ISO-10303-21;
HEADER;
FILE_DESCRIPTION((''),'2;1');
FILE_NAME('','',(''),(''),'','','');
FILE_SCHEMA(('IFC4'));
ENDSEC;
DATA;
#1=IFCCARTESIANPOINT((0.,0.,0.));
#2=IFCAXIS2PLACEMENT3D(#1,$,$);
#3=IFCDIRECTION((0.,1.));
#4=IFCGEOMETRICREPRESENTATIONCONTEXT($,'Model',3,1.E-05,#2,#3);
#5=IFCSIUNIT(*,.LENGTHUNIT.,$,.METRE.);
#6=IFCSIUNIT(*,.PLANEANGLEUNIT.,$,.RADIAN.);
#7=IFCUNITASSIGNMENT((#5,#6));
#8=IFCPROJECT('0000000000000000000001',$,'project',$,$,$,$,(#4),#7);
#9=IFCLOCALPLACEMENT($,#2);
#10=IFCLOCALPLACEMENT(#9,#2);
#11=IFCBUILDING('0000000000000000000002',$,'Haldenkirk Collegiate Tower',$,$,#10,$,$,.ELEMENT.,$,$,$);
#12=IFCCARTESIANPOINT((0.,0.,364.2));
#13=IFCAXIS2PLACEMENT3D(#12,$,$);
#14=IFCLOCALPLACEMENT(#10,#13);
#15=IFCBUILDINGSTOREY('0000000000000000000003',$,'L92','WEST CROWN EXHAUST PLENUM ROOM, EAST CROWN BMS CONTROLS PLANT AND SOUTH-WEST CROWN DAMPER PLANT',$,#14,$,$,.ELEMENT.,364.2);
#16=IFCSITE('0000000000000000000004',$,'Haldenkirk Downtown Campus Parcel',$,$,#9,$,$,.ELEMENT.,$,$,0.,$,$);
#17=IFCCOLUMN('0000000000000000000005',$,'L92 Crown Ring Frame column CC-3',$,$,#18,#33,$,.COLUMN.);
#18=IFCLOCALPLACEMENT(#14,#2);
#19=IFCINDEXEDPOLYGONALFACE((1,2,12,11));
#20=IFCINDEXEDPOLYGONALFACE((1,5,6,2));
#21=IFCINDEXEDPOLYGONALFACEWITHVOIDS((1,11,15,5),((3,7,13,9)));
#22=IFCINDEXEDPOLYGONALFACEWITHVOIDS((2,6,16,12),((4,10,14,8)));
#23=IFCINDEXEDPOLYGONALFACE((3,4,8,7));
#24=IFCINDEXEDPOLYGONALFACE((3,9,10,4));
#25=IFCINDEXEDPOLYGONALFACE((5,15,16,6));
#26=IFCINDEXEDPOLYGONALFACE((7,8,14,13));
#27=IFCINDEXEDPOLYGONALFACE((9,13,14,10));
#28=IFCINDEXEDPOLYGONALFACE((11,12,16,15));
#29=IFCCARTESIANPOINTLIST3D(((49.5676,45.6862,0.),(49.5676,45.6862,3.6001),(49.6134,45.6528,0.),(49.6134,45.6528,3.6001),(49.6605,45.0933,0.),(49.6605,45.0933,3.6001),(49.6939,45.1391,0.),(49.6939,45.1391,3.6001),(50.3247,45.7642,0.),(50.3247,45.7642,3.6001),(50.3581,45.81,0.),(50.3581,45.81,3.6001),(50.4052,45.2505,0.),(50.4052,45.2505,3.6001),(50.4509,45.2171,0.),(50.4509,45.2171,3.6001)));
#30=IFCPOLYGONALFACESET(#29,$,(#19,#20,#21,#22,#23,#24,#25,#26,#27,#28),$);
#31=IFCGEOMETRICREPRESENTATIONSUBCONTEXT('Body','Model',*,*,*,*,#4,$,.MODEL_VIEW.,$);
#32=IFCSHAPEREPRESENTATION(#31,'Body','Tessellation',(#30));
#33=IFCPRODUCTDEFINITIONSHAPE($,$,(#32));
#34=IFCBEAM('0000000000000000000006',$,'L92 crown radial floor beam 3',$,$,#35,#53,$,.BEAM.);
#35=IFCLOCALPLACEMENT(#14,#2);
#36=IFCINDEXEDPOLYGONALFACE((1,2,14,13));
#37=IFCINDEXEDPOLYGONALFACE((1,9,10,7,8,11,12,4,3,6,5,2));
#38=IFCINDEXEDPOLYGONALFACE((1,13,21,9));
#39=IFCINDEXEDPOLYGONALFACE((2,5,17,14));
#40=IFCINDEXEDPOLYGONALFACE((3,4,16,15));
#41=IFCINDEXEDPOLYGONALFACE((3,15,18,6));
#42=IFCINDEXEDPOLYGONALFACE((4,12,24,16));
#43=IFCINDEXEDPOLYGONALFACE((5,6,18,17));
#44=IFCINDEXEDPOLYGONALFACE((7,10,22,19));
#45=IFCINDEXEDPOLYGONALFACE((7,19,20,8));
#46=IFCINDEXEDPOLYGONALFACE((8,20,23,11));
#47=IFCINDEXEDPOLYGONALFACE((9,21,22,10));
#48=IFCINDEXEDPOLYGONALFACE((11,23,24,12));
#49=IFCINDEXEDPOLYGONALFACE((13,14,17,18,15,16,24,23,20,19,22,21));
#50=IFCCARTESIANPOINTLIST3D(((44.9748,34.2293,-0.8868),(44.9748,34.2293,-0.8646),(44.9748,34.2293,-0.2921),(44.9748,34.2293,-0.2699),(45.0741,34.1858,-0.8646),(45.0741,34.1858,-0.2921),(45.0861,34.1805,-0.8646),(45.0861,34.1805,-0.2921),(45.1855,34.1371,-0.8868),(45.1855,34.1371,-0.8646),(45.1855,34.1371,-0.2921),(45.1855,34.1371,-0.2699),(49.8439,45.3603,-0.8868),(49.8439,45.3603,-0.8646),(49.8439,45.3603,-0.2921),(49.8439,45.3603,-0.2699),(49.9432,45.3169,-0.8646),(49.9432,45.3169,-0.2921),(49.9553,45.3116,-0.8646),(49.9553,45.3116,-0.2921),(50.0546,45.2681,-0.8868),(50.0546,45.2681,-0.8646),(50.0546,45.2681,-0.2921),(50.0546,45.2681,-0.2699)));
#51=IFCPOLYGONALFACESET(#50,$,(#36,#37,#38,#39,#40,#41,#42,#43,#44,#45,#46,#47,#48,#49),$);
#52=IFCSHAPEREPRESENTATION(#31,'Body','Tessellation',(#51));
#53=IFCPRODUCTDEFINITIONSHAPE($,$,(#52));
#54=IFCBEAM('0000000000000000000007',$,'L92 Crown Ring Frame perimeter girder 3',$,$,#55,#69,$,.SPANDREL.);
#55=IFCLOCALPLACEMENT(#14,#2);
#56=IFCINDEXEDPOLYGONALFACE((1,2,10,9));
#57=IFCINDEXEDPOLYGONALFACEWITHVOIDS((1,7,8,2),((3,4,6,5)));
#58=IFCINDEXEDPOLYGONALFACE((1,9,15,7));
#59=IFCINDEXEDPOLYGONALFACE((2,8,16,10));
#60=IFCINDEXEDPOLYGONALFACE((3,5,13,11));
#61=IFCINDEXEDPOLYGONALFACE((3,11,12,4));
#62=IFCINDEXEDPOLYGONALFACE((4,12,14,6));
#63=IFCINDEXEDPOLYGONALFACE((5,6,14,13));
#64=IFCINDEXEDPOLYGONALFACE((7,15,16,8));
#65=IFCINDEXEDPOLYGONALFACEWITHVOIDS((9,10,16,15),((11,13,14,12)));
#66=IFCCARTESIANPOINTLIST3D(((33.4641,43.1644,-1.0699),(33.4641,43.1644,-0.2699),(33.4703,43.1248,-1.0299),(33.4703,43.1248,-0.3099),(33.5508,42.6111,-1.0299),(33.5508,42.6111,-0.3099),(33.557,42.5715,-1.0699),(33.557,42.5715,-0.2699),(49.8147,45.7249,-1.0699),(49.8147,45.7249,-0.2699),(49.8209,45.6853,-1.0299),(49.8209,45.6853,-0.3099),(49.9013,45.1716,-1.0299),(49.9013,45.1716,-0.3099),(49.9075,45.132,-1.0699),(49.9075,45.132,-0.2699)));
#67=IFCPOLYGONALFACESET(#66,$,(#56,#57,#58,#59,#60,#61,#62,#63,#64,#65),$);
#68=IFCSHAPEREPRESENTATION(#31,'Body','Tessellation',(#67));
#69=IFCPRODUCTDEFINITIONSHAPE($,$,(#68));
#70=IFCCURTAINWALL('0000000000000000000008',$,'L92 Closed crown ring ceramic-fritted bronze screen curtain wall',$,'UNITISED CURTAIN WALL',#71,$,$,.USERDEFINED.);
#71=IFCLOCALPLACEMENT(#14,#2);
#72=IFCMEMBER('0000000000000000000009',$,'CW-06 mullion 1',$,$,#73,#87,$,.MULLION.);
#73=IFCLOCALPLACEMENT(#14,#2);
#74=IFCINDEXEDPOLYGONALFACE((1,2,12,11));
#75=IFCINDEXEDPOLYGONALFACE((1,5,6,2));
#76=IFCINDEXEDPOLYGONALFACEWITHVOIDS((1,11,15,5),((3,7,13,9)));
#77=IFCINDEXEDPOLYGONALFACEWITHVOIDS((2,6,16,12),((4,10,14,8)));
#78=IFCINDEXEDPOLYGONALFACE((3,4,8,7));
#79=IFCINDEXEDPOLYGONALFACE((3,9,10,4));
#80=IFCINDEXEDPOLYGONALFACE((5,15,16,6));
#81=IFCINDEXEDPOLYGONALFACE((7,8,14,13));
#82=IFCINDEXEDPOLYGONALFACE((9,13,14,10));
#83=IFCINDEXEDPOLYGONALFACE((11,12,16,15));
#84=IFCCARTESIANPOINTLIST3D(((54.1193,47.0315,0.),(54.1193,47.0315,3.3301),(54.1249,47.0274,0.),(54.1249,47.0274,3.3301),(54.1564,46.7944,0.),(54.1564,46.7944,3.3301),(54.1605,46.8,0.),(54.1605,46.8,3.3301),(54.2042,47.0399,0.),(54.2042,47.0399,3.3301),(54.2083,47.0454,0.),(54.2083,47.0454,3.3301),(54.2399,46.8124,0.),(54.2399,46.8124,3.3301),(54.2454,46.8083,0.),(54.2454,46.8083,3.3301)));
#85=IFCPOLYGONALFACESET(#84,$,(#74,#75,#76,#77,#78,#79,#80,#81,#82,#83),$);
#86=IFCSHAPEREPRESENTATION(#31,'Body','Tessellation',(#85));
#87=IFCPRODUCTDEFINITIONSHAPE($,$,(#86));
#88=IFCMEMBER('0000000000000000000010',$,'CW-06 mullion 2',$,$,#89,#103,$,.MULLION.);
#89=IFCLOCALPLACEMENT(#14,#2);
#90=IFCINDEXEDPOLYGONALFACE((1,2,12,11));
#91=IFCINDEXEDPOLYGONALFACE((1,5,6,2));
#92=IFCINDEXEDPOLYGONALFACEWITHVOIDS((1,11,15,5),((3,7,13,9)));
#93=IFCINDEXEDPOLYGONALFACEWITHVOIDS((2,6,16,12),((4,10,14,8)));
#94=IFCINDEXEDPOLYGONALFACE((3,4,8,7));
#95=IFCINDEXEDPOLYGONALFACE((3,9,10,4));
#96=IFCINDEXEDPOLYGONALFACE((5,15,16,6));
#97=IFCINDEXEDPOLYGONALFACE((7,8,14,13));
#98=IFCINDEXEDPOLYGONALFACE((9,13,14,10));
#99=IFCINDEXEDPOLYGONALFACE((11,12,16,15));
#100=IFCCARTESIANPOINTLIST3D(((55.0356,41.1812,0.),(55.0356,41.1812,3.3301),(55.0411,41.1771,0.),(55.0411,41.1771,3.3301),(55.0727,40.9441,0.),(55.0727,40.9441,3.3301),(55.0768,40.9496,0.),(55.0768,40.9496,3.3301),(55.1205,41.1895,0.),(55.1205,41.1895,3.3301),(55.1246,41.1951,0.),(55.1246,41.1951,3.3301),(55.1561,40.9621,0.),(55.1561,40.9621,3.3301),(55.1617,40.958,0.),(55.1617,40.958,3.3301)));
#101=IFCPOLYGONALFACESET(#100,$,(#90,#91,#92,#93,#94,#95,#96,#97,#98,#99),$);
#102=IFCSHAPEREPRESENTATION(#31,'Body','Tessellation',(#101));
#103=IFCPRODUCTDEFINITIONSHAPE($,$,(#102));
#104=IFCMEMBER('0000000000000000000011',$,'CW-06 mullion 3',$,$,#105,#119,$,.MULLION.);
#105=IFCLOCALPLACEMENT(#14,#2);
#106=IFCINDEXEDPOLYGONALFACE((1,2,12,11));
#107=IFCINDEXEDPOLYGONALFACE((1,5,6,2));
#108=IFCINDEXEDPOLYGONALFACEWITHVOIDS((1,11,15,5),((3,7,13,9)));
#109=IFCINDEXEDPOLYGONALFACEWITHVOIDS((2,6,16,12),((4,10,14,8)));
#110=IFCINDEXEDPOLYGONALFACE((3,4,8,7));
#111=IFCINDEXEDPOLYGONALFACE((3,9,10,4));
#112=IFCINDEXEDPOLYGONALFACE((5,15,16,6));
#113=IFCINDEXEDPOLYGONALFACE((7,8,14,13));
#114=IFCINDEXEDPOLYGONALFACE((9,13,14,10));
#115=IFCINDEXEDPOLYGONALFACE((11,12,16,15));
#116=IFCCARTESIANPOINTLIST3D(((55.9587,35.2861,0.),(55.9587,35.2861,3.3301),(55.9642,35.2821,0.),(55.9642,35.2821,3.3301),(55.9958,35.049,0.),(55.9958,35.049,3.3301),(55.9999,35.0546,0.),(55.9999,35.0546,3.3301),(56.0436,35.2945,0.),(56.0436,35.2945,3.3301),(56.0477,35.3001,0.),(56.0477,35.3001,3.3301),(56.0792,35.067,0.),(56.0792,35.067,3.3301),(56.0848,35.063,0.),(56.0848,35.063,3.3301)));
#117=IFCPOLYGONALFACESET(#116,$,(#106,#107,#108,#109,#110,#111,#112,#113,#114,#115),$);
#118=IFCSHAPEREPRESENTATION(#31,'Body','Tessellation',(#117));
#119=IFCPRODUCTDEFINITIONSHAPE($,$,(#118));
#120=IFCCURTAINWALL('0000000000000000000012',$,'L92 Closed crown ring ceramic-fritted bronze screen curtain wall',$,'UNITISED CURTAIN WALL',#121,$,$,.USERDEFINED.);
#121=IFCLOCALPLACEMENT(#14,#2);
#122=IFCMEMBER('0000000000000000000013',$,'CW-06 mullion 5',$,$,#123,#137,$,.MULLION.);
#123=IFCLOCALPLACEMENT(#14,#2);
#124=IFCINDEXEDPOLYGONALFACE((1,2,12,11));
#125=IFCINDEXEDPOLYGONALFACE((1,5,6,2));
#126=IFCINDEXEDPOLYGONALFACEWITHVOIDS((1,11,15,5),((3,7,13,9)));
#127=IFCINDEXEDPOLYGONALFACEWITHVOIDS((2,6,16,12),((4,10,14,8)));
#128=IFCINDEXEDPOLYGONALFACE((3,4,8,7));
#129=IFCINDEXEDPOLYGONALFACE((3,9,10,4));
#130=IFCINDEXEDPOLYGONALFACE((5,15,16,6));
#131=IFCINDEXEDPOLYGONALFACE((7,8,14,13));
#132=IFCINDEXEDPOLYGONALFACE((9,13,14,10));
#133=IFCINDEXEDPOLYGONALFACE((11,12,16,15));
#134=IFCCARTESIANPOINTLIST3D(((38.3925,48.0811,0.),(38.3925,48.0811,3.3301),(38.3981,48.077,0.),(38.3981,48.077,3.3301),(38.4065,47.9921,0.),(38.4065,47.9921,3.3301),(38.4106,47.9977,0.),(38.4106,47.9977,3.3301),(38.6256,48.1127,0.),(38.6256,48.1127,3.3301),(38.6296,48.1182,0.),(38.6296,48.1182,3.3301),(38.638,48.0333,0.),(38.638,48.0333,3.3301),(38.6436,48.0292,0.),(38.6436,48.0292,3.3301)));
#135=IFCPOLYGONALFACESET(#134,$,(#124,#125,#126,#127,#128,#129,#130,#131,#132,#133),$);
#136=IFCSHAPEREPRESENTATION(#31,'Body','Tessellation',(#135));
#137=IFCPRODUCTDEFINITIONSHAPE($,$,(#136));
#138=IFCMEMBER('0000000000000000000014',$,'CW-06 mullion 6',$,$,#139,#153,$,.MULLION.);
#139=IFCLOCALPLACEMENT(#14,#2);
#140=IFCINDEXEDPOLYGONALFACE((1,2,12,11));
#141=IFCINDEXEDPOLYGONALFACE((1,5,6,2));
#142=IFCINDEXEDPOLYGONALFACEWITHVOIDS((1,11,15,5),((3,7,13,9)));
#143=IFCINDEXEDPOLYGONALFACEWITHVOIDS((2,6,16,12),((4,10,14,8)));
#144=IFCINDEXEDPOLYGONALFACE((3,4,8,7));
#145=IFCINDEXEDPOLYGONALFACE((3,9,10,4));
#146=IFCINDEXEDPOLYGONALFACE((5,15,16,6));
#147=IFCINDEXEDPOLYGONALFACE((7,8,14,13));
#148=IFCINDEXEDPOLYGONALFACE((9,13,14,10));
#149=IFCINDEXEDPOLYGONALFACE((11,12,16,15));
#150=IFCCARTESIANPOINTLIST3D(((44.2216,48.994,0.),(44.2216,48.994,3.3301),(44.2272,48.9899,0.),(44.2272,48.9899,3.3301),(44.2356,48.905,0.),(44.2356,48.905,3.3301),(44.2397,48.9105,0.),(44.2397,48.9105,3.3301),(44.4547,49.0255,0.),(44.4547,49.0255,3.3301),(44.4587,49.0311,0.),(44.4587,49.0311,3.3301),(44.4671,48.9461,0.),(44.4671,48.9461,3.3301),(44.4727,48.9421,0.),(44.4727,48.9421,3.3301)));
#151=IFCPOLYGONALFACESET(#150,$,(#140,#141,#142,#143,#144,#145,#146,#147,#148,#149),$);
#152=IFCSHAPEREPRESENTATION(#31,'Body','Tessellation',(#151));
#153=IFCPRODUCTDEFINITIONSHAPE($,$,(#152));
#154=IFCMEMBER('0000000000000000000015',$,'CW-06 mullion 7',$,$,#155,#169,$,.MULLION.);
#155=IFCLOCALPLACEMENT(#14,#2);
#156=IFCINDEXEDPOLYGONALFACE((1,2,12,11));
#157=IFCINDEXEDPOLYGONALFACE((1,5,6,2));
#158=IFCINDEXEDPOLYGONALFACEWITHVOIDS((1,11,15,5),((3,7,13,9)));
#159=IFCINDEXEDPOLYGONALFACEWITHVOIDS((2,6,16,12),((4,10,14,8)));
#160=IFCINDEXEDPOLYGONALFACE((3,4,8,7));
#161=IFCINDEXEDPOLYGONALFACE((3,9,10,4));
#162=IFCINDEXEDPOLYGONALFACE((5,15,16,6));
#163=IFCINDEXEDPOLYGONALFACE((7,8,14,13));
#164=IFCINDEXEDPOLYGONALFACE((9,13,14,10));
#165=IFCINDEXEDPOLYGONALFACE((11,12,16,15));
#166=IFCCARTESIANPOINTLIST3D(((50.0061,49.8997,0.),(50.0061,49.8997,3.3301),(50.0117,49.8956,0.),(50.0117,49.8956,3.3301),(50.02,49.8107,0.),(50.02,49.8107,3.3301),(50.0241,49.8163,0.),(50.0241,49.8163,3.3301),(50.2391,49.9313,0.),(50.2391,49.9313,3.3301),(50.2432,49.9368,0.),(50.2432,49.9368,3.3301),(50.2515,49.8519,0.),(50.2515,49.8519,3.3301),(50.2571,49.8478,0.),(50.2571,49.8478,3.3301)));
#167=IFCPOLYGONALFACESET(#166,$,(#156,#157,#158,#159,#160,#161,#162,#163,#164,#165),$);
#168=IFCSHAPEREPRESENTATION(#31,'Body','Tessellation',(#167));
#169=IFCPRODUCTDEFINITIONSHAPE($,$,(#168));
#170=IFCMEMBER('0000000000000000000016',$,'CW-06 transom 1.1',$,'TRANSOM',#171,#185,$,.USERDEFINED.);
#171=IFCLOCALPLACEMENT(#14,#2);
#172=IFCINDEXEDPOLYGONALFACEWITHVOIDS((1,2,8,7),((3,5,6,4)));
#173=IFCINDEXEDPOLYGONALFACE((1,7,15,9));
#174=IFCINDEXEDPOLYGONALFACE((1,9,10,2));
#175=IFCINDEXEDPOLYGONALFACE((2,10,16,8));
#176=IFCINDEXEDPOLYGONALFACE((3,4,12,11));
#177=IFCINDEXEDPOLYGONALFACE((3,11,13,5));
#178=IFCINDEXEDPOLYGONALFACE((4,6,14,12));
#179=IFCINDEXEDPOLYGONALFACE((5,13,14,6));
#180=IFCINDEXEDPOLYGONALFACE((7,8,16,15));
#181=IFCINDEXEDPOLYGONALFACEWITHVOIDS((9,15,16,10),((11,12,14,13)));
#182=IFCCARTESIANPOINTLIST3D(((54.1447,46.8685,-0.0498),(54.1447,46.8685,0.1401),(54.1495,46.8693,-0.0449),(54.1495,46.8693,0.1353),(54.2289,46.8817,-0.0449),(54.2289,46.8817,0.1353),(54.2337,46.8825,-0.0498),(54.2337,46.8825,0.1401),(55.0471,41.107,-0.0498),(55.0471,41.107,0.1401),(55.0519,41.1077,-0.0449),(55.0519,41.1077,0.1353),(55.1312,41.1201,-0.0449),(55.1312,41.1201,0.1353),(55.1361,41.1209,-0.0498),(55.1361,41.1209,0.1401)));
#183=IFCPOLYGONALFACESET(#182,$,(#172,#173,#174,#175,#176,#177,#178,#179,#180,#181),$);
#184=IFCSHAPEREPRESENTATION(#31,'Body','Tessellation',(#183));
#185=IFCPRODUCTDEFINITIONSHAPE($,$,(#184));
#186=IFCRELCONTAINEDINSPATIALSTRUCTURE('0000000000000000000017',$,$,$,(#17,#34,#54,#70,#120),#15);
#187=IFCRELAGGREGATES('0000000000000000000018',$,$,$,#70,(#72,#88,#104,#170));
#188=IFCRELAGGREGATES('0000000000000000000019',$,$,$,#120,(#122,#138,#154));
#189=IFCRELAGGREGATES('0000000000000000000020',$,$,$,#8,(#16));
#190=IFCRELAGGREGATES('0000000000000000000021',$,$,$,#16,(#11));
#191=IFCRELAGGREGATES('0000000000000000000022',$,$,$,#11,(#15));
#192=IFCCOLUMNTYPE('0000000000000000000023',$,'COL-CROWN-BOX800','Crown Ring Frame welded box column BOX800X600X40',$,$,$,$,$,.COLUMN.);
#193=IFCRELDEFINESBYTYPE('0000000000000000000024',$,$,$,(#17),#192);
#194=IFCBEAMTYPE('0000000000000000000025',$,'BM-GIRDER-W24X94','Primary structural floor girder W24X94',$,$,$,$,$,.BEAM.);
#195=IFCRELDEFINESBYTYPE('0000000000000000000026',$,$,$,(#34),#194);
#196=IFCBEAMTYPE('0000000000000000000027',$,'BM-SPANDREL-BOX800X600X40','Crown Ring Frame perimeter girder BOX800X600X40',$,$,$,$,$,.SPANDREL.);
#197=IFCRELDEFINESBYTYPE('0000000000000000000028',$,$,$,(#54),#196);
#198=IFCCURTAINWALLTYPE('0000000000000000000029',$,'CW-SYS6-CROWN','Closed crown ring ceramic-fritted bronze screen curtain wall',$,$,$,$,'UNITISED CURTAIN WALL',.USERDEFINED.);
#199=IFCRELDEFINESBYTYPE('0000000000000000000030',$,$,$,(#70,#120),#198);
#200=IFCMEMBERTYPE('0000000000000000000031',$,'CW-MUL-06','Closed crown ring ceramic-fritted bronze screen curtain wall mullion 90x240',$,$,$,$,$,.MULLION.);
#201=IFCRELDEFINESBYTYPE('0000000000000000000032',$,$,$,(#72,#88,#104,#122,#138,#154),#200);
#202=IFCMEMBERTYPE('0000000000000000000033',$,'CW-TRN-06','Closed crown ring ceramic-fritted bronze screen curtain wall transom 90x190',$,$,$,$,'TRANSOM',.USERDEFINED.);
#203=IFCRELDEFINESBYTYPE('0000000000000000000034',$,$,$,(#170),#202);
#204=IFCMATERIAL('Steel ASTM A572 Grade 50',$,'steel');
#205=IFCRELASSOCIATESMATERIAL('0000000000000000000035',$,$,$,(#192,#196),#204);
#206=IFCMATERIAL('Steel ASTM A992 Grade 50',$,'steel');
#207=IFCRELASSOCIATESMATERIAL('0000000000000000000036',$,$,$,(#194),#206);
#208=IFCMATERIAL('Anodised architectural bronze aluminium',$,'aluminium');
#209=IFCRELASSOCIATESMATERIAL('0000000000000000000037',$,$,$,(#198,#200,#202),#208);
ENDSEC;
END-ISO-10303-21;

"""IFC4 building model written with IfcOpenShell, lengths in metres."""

from ifc_helpers import new_model, si_unit, direction, frame, origin, origin_2d, place, context, subcontext, project, spatial, hollow_rectangle, i_section, extrude, material, material_profile, profile_set, type_object, element, aggregate, save


model = new_model("IFC4")

# Units and contexts
model_context = context("Model", 3, precision=1e-05, world=origin(), true_north=direction((0.0, 1.0)))
body_context = subcontext(model_context, "Body", "Model", "MODEL_VIEW")
ifc_project = project(units=[si_unit("LENGTHUNIT", "METRE"), si_unit("PLANEANGLEUNIT", "RADIAN")], contexts=[model_context])

# Site, building, storey
site_placement = place(None, origin())
site = spatial("IfcSite", under=ifc_project, at=site_placement, Name="Haldenkirk Downtown Campus Parcel", CompositionType="ELEMENT", RefElevation=0.0)
building_placement = place(site_placement, origin())
building = spatial("IfcBuilding", under=site, at=building_placement, Name="Haldenkirk Collegiate Tower", CompositionType="ELEMENT")
storey_placement = place(building_placement, frame((0.0, 0.0, 364.2)))
storey = spatial("IfcBuildingStorey", under=building, at=storey_placement, Name="L92", Description="WEST CROWN EXHAUST PLENUM ROOM, EAST CROWN BMS CONTROLS PLANT AND SOUTH-WEST CROWN DAMPER PLANT", CompositionType="ELEMENT", Elevation=364.2)

# Column
ifc_material_1 = material(Name="Steel ASTM A572 Grade 50", Category="steel")
ifc_material_profile_1 = material_profile(ifc_material_1, hollow_rectangle(XDim=0.6001, YDim=0.8, WallThickness=0.04, at=origin_2d()), Name="BOX800X600X40")
ifc_profile_set_1 = profile_set([ifc_material_profile_1], Name="Steel ASTM A572 Grade 50")
column_type = type_object("IfcColumnType", Name="COL-CROWN-BOX800", Description="Crown Ring Frame welded box column BOX800X600X40", PredefinedType="COLUMN", material=ifc_profile_set_1)
column_placement = place(storey_placement, frame((50.0093, 45.4517, 0.0), z_axis=(0.0, 0.0, 1.0), x_axis=(-0.15471, 0.98796, 0.0)))
element("IfcColumn", 1, at=column_placement, inside=storey, type_object=column_type, Name="L92 Crown Ring Frame column CC-3", PredefinedType="COLUMN", context=body_context, shape_type="SweptSolid", body=[
    extrude(hollow_rectangle(XDim=0.6001, YDim=0.8, WallThickness=0.04, at=origin_2d()), origin(), (0.0, 0.0, 1.0), 3.6001),
])

# Beams
ifc_material_2 = material(Name="Steel ASTM A992 Grade 50", Category="steel")
ifc_material_profile_2 = material_profile(ifc_material_2, i_section(OverallWidth=0.23, OverallDepth=0.6169, WebThickness=0.0132, FlangeThickness=0.0222, at=origin_2d()), Name="W24X94")
ifc_profile_set_2 = profile_set([ifc_material_profile_2], Name="Steel ASTM A992 Grade 50")
beam_type_1 = type_object("IfcBeamType", Name="BM-GIRDER-W24X94", Description="Primary structural floor girder W24X94", PredefinedType="BEAM", material=ifc_profile_set_2)
beam_1_placement = place(storey_placement, frame((49.9492, 45.3142, -0.5784), z_axis=(-0.400769, -0.916179, 0.0), x_axis=(0.916179, -0.400769, 0.0)))
element("IfcBeam", 2, at=beam_1_placement, inside=storey, type_object=beam_type_1, Name="L92 crown radial floor beam 3", PredefinedType="BEAM", context=body_context, shape_type="SweptSolid", body=[
    extrude(i_section(OverallWidth=0.23, OverallDepth=0.6169, WebThickness=0.0132, FlangeThickness=0.0222, at=origin_2d()), origin(), (0.0, 0.0, 1.0), 12.1494),
])
ifc_material_profile_3 = material_profile(ifc_material_1, hollow_rectangle(XDim=0.6001, YDim=0.8, WallThickness=0.04, at=origin_2d()), Name="BOX800X600X40")
ifc_profile_set_3 = profile_set([ifc_material_profile_3], Name="Steel ASTM A572 Grade 50")
beam_type_2 = type_object("IfcBeamType", Name="BM-SPANDREL-BOX800X600X40", Description="Crown Ring Frame perimeter girder BOX800X600X40", PredefinedType="SPANDREL", material=ifc_profile_set_3)
beam_2_placement = place(storey_placement, frame((49.8611, 45.4285, -0.6699), z_axis=(-0.987959, -0.154717, 0.0), x_axis=(0.154717, -0.987959, 0.0)))
element("IfcBeam", 3, at=beam_2_placement, inside=storey, type_object=beam_type_2, Name="L92 Crown Ring Frame perimeter girder 3", PredefinedType="SPANDREL", context=body_context, shape_type="SweptSolid", body=[
    extrude(hollow_rectangle(XDim=0.6001, YDim=0.8, WallThickness=0.04, at=origin_2d()), origin(), (0.0, 0.0, 1.0), 16.5498),
])

# Curtain walls, members
ifc_material_3 = material(Name="Anodised architectural bronze aluminium", Category="aluminium")
curtain_wall_type = type_object("IfcCurtainWallType", Name="CW-SYS6-CROWN", Description="Closed crown ring ceramic-fritted bronze screen curtain wall", ElementType="UNITISED CURTAIN WALL", PredefinedType="USERDEFINED", material=ifc_material_3)
curtain_wall_1_placement = place(storey_placement, origin())
curtain_wall_1 = element("IfcCurtainWall", 4, at=curtain_wall_1_placement, inside=storey, type_object=curtain_wall_type, Name="L92 Closed crown ring ceramic-fritted bronze screen curtain wall", ObjectType="UNITISED CURTAIN WALL", PredefinedType="USERDEFINED")
ifc_material_profile_4 = material_profile(ifc_material_3, hollow_rectangle(XDim=0.0901, YDim=0.24, WallThickness=0.0049, at=origin_2d()), Name="CW-MUL-06")
ifc_profile_set_4 = profile_set([ifc_material_profile_4], Name="Anodised architectural bronze aluminium")
member_type_1 = type_object("IfcMemberType", Name="CW-MUL-06", Description="Closed crown ring ceramic-fritted bronze screen curtain wall mullion 90x240", PredefinedType="MULLION", material=ifc_profile_set_4)
member_1_placement = place(storey_placement, frame((54.1824, 46.9199, 0.0), z_axis=(0.0, 0.0, 1.0), x_axis=(0.98796, 0.154713, 0.0)))
member_1 = element("IfcMember", 5, at=member_1_placement, type_object=member_type_1, Name="CW-06 mullion 1", PredefinedType="MULLION", context=body_context, shape_type="SweptSolid", body=[
    extrude(hollow_rectangle(XDim=0.0901, YDim=0.24, WallThickness=0.0049, at=origin_2d()), origin(), (0.0, 0.0, 1.0), 3.3301),
])
member_2_placement = place(storey_placement, frame((55.0986, 41.0696, 0.0), z_axis=(0.0, 0.0, 1.0), x_axis=(0.98796, 0.154713, 0.0)))
member_2 = element("IfcMember", 6, at=member_2_placement, type_object=member_type_1, Name="CW-06 mullion 2", PredefinedType="MULLION", context=body_context, shape_type="SweptSolid", body=[
    extrude(hollow_rectangle(XDim=0.0901, YDim=0.24, WallThickness=0.0049, at=origin_2d()), origin(), (0.0, 0.0, 1.0), 3.3301),
])
member_3_placement = place(storey_placement, frame((56.0217, 35.1746, 0.0), z_axis=(0.0, 0.0, 1.0), x_axis=(0.98796, 0.154713, 0.0)))
member_3 = element("IfcMember", 7, at=member_3_placement, type_object=member_type_1, Name="CW-06 mullion 3", PredefinedType="MULLION", context=body_context, shape_type="SweptSolid", body=[
    extrude(hollow_rectangle(XDim=0.0901, YDim=0.24, WallThickness=0.0049, at=origin_2d()), origin(), (0.0, 0.0, 1.0), 3.3301),
])
curtain_wall_2_placement = place(storey_placement, origin())
curtain_wall_2 = element("IfcCurtainWall", 8, at=curtain_wall_2_placement, inside=storey, type_object=curtain_wall_type, Name="L92 Closed crown ring ceramic-fritted bronze screen curtain wall", ObjectType="UNITISED CURTAIN WALL", PredefinedType="USERDEFINED")
member_4_placement = place(storey_placement, frame((38.5181, 48.0552, 0.0), z_axis=(0.0, 0.0, 1.0), x_axis=(-0.154709, 0.98796, 0.0)))
member_4 = element("IfcMember", 9, at=member_4_placement, type_object=member_type_1, Name="CW-06 mullion 5", PredefinedType="MULLION", context=body_context, shape_type="SweptSolid", body=[
    extrude(hollow_rectangle(XDim=0.0901, YDim=0.24, WallThickness=0.0049, at=origin_2d()), origin(), (0.0, 0.0, 1.0), 3.3301),
])
member_5_placement = place(storey_placement, frame((44.3472, 48.968, 0.0), z_axis=(0.0, 0.0, 1.0), x_axis=(-0.154709, 0.98796, 0.0)))
member_5 = element("IfcMember", 10, at=member_5_placement, type_object=member_type_1, Name="CW-06 mullion 6", PredefinedType="MULLION", context=body_context, shape_type="SweptSolid", body=[
    extrude(hollow_rectangle(XDim=0.0901, YDim=0.24, WallThickness=0.0049, at=origin_2d()), origin(), (0.0, 0.0, 1.0), 3.3301),
])
member_6_placement = place(storey_placement, frame((50.1316, 49.8738, 0.0), z_axis=(0.0, 0.0, 1.0), x_axis=(-0.154709, 0.98796, 0.0)))
member_6 = element("IfcMember", 11, at=member_6_placement, type_object=member_type_1, Name="CW-06 mullion 7", PredefinedType="MULLION", context=body_context, shape_type="SweptSolid", body=[
    extrude(hollow_rectangle(XDim=0.0901, YDim=0.24, WallThickness=0.0049, at=origin_2d()), origin(), (0.0, 0.0, 1.0), 3.3301),
])

# Member
ifc_material_profile_5 = material_profile(ifc_material_3, hollow_rectangle(XDim=0.0901, YDim=0.1899, WallThickness=0.0049, at=origin_2d()), Name="CW-TRN-06")
ifc_profile_set_5 = profile_set([ifc_material_profile_5], Name="Anodised architectural bronze aluminium")
member_type_2 = type_object("IfcMemberType", Name="CW-TRN-06", Description="Closed crown ring ceramic-fritted bronze screen curtain wall transom 90x190", ElementType="TRANSOM", PredefinedType="USERDEFINED", material=ifc_profile_set_5)
member_7_placement = place(storey_placement, frame((54.1892, 46.8755, 0.0452), z_axis=(0.154731, -0.987957, 0.0), x_axis=(0.987957, 0.154731, 0.0)))
member_7 = element("IfcMember", 12, at=member_7_placement, type_object=member_type_2, Name="CW-06 transom 1.1", ObjectType="TRANSOM", PredefinedType="USERDEFINED", context=body_context, shape_type="SweptSolid", body=[
    extrude(hollow_rectangle(XDim=0.0901, YDim=0.1899, WallThickness=0.0049, at=origin_2d()), origin(), (0.0, 0.0, 1.0), 5.8318),
])

aggregate(curtain_wall_1, [member_1, member_2, member_3, member_7])
aggregate(curtain_wall_2, [member_4, member_5, member_6])

save(model, "model.ifc")
